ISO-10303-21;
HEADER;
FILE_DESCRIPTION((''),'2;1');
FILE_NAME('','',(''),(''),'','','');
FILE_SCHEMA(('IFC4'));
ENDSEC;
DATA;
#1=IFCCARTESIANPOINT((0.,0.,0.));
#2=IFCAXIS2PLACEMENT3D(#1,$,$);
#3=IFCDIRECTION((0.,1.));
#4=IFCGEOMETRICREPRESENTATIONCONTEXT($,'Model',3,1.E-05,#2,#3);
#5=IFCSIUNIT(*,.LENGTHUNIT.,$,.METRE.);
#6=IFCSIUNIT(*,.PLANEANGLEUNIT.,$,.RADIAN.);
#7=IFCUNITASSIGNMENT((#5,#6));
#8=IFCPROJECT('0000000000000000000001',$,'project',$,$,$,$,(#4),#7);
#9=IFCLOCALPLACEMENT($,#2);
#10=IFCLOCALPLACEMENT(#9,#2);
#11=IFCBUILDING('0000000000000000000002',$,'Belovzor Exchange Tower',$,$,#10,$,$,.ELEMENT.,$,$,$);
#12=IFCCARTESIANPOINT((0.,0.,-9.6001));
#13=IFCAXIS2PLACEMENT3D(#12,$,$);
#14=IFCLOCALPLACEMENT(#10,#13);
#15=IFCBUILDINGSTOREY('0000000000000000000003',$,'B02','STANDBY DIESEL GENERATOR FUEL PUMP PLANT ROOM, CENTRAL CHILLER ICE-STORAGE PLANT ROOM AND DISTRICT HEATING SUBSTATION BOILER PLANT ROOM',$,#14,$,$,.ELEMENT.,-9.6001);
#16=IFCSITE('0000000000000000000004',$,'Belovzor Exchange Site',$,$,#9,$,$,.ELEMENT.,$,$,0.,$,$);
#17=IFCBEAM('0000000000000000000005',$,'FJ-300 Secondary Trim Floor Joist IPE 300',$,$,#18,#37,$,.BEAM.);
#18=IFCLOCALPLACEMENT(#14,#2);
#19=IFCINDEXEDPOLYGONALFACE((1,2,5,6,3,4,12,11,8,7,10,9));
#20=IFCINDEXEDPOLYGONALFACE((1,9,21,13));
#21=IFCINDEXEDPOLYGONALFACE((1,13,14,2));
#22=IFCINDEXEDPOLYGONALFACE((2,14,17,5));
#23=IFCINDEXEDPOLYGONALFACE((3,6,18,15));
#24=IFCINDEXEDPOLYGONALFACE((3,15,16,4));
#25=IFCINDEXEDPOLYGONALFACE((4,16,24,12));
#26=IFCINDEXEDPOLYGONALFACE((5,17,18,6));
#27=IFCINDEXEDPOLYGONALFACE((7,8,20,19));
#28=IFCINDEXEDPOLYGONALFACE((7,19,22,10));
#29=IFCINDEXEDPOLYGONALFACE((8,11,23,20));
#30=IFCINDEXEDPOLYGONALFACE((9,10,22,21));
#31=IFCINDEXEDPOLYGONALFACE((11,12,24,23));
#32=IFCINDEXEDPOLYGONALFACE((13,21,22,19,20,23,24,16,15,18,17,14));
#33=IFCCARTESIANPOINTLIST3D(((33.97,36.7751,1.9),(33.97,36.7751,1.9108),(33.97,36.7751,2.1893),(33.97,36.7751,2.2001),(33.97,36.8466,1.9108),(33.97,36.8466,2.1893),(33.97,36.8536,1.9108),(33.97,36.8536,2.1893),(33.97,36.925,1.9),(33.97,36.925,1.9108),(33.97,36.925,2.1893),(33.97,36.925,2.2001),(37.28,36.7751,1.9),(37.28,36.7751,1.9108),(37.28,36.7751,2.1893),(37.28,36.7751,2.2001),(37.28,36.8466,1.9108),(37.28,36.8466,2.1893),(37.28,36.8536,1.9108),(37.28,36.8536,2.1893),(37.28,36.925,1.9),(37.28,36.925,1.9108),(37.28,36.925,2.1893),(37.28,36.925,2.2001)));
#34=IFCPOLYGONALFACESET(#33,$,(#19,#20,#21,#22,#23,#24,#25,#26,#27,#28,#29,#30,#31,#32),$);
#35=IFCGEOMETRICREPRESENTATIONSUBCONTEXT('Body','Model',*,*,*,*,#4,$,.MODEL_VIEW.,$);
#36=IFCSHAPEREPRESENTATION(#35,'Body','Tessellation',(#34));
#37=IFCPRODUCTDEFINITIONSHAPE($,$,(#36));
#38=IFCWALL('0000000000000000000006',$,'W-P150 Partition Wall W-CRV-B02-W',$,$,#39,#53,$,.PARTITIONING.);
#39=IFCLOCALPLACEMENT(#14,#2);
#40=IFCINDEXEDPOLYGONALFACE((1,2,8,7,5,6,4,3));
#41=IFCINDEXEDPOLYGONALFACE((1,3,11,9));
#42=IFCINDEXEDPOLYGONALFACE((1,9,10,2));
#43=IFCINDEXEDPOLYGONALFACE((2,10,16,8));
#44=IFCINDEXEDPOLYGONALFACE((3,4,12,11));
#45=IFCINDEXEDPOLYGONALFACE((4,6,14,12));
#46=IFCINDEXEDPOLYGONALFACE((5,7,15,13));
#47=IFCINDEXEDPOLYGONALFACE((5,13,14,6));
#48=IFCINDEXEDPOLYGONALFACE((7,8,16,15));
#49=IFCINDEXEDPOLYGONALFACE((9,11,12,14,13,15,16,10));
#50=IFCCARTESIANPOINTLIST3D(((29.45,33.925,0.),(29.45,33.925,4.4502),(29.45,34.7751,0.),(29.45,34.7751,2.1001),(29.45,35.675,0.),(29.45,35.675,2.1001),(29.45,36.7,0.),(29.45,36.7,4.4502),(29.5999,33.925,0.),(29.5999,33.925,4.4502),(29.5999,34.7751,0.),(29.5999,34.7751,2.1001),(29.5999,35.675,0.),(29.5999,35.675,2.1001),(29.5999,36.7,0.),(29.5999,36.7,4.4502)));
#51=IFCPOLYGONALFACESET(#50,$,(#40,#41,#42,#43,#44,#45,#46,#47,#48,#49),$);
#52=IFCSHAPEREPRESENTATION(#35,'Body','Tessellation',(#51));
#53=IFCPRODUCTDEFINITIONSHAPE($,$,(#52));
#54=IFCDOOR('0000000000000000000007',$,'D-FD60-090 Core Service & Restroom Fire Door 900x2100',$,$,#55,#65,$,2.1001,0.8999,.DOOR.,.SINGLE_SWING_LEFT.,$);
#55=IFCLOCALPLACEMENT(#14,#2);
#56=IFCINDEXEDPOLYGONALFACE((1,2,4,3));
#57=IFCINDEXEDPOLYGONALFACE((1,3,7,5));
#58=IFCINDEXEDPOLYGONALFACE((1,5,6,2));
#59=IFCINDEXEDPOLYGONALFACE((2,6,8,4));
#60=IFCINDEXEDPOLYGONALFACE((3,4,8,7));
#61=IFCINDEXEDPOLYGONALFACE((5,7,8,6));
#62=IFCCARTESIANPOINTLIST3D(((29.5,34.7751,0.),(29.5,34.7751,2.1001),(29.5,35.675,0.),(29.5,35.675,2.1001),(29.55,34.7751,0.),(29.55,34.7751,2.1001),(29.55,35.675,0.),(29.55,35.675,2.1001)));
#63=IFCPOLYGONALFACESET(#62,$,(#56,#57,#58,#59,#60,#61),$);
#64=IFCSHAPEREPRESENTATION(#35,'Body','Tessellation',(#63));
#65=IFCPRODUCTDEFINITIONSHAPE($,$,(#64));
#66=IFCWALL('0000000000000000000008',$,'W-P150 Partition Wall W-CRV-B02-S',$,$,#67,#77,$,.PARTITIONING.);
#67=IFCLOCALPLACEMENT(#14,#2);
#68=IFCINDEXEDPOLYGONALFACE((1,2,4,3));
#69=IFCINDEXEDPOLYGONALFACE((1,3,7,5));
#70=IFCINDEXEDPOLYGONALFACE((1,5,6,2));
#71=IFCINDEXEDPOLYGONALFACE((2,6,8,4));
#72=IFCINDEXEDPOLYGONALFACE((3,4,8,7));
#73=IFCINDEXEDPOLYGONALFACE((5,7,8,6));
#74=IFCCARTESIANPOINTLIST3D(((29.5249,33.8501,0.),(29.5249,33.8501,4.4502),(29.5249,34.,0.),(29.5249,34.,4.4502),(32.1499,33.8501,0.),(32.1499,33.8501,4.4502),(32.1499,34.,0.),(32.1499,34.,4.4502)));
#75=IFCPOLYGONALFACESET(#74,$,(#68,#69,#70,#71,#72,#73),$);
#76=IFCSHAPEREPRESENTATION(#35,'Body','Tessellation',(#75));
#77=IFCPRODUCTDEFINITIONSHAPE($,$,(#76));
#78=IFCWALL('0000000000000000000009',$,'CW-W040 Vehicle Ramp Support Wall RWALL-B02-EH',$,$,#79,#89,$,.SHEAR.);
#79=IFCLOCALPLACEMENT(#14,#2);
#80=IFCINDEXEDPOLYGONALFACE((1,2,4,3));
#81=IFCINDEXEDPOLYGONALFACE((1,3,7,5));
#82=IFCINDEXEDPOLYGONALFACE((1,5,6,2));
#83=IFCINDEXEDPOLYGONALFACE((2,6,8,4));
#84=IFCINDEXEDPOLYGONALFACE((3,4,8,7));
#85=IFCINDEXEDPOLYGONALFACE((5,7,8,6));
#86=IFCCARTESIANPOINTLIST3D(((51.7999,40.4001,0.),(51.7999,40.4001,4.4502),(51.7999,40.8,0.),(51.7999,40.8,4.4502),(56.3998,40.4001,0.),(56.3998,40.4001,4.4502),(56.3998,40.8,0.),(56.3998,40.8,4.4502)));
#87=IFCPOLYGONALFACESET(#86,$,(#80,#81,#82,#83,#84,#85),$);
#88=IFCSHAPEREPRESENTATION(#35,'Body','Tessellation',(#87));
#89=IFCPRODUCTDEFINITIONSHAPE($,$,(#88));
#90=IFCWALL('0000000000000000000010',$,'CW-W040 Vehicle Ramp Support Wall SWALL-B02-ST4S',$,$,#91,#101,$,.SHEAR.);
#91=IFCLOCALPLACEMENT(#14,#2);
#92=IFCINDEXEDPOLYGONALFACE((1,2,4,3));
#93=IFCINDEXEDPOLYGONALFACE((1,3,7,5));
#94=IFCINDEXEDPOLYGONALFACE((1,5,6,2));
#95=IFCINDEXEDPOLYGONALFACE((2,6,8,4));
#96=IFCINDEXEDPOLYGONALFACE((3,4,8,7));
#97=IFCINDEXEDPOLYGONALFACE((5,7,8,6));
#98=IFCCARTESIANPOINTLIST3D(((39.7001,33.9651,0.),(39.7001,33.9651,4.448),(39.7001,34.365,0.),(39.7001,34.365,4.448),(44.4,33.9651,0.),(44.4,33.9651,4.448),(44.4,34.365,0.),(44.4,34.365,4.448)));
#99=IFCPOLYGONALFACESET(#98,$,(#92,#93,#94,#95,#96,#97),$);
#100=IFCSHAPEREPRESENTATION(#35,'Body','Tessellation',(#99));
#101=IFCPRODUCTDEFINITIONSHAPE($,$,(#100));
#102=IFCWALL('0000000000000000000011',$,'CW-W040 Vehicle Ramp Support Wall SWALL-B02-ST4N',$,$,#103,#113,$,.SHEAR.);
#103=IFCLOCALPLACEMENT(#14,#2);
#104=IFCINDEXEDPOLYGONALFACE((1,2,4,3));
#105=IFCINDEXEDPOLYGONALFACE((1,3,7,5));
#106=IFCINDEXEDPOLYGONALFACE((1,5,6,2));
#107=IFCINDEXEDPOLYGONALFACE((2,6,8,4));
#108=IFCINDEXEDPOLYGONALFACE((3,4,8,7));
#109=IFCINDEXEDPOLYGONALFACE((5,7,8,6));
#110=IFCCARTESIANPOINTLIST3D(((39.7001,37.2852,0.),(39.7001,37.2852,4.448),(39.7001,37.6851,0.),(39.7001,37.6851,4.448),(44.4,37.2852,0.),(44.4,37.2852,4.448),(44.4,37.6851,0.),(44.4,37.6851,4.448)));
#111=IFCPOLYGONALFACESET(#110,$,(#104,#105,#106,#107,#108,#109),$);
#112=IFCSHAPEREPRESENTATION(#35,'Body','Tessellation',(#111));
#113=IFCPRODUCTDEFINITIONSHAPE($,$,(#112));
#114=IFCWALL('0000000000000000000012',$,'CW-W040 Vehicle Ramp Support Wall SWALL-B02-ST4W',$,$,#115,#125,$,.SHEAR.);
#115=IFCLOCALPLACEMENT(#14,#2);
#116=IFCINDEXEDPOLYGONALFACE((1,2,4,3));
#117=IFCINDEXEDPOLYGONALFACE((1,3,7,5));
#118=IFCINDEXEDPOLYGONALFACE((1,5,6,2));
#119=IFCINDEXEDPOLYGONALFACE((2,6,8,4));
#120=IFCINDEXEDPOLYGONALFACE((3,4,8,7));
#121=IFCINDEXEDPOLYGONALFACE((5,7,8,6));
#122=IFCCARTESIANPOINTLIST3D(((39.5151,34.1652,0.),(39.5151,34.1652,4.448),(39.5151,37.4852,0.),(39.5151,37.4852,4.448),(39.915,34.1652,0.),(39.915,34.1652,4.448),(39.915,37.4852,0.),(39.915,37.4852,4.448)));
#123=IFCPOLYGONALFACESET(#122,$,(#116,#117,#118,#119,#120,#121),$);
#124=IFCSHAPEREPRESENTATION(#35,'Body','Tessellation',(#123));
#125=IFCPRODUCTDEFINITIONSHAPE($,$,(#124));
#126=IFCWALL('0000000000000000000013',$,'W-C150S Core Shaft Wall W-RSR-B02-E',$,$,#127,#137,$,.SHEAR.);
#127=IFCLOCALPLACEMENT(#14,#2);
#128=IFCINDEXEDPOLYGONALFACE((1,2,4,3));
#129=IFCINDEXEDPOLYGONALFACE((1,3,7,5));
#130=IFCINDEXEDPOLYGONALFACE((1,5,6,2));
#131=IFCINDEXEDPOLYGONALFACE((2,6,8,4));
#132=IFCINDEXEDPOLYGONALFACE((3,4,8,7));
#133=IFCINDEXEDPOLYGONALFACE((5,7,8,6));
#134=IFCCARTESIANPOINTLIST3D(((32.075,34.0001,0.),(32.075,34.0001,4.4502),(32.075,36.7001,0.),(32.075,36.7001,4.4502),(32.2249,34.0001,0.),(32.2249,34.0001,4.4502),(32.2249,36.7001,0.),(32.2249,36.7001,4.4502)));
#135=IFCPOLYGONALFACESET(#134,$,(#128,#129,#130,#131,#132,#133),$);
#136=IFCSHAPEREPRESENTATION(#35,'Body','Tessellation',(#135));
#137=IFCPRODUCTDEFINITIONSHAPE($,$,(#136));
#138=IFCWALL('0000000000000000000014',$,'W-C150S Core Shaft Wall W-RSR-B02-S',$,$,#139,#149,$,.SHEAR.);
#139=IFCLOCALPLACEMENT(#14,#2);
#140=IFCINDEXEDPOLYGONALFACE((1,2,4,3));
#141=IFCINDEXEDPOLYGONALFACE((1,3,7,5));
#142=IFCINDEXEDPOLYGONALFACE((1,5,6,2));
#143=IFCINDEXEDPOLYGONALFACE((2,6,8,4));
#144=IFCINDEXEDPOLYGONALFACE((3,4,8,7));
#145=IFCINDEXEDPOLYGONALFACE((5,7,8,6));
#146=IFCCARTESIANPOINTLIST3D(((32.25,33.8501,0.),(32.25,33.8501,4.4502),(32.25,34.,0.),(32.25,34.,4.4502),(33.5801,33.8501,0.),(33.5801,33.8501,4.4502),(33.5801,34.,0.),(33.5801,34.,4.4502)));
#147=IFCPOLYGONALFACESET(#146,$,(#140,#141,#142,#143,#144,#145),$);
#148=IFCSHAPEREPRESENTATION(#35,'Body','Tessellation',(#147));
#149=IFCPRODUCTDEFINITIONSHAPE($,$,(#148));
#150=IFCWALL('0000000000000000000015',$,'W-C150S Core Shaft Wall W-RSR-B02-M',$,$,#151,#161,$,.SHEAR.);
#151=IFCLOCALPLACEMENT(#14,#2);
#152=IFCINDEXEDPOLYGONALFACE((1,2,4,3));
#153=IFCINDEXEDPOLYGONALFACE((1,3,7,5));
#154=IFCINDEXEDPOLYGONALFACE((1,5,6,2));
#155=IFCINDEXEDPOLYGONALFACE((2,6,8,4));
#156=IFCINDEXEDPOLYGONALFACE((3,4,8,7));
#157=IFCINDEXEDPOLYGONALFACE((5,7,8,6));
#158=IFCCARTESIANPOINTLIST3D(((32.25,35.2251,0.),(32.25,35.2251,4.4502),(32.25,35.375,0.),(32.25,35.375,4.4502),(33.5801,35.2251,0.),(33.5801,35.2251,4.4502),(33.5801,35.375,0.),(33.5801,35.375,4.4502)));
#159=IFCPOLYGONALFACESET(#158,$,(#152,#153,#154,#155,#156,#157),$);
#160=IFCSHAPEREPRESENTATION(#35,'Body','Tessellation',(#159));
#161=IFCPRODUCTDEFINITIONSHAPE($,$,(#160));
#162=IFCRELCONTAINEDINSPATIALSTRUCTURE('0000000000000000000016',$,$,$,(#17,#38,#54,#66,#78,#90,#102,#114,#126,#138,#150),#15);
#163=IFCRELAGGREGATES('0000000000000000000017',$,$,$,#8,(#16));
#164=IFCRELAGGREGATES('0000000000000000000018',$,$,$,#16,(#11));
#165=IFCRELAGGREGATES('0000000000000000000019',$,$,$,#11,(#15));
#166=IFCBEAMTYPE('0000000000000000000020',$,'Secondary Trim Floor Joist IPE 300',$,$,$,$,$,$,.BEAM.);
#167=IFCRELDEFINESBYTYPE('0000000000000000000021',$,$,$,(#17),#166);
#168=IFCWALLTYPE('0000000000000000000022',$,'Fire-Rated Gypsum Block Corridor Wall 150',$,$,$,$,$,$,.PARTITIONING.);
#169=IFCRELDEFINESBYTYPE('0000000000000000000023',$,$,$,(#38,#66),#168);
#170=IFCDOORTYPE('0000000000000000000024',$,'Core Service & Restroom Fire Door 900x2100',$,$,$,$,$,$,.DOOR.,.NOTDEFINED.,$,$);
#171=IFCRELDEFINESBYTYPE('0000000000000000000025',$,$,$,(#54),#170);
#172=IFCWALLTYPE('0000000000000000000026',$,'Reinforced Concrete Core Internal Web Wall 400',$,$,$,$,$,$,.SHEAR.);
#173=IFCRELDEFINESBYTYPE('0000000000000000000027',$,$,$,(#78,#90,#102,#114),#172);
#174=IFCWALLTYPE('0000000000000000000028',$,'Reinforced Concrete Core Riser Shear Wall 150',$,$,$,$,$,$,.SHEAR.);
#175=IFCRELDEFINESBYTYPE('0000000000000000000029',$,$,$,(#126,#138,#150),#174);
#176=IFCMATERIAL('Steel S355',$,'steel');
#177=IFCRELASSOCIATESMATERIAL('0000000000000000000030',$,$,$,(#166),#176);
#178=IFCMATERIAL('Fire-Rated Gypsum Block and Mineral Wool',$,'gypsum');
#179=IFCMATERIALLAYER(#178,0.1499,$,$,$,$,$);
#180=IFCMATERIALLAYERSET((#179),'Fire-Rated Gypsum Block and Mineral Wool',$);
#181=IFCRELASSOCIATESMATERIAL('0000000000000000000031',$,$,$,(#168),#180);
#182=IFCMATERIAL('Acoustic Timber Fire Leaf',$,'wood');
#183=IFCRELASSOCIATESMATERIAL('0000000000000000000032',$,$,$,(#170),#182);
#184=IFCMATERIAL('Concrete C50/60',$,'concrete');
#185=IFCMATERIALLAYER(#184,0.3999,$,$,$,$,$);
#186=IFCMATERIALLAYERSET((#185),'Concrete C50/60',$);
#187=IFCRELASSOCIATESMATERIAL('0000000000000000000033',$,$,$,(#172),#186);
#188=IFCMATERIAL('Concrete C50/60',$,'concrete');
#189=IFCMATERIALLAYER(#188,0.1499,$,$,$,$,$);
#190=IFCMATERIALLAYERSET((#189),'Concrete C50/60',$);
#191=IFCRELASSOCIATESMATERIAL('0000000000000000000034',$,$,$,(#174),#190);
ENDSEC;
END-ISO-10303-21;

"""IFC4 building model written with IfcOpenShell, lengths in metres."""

from ifc_helpers import new_model, si_unit, direction, frame, frame_2d, origin, origin_2d, place, context, subcontext, project, spatial, rectangle, i_section, extrude, material, layer, layer_set, material_profile, profile_set, type_object, element, fill, save


model = new_model("IFC4")

# Units and contexts
model_context = context("Model", 3, precision=1e-05, world=origin(), true_north=direction((0.0, 1.0)))
body_context = subcontext(model_context, "Body", "Model", "MODEL_VIEW")
ifc_project = project(units=[si_unit("LENGTHUNIT", "METRE"), si_unit("PLANEANGLEUNIT", "RADIAN")], contexts=[model_context])

# Site, building, storey
site_placement = place(None, origin())
site = spatial("IfcSite", under=ifc_project, at=site_placement, Name="Belovzor Exchange Site", CompositionType="ELEMENT", RefElevation=0.0)
building_placement = place(site_placement, origin())
building = spatial("IfcBuilding", under=site, at=building_placement, Name="Belovzor Exchange Tower", CompositionType="ELEMENT")
storey_placement = place(building_placement, frame((0.0, 0.0, -9.6001)))
storey = spatial("IfcBuildingStorey", under=building, at=storey_placement, Name="B02", Description="STANDBY DIESEL GENERATOR FUEL PUMP PLANT ROOM, CENTRAL CHILLER ICE-STORAGE PLANT ROOM AND DISTRICT HEATING SUBSTATION BOILER PLANT ROOM", CompositionType="ELEMENT", Elevation=-9.6001)

# Beam
ifc_material_1 = material(Name="Steel S355", Category="steel")
ifc_material_profile_1 = material_profile(ifc_material_1, i_section(OverallWidth=0.1499, OverallDepth=0.3, WebThickness=0.0071, FlangeThickness=0.0107, at=origin_2d()))
ifc_profile_set_1 = profile_set([ifc_material_profile_1], Name="Steel S355")
beam_type = type_object("IfcBeamType", Name="Secondary Trim Floor Joist IPE 300", PredefinedType="BEAM", material=ifc_profile_set_1)
for number, where, z_axis, x_axis, name in (
    (1, (37.28, 36.8501, 2.05), (-1.0, 0.0, 0.0), (0.0, -1.0, 0.0), "FJ-300 Secondary Trim Floor Joist IPE 300"),
):
    element("IfcBeam", number, at=place(storey_placement, frame(where, z_axis=z_axis, x_axis=x_axis)), inside=storey, type_object=beam_type, Name=name, PredefinedType="BEAM", context=body_context, shape_type="SweptSolid", body=[
        extrude(i_section(OverallWidth=0.1499, OverallDepth=0.3, WebThickness=0.0071, FlangeThickness=0.0107, at=origin_2d()), origin(), (0.0, 0.0, 1.0), 3.3101),
    ])

# Wall, opening, door
ifc_material_2 = material(Name="Fire-Rated Gypsum Block and Mineral Wool", Category="gypsum")
ifc_layer_1 = layer(ifc_material_2, 0.1499)
ifc_layer_set_1 = layer_set([ifc_layer_1], Name="Fire-Rated Gypsum Block and Mineral Wool")
wall_type_1 = type_object("IfcWallType", Name="Fire-Rated Gypsum Block Corridor Wall 150", PredefinedType="PARTITIONING", material=ifc_layer_set_1)
wall_1_placement = place(storey_placement, frame((29.5249, 33.925, 0.0), z_axis=(0.0, 0.0, 1.0), x_axis=(0.0, 1.0, 0.0)))
wall_1 = element("IfcWall", 2, at=wall_1_placement, inside=storey, type_object=wall_type_1, Name="W-P150 Partition Wall W-CRV-B02-W", PredefinedType="PARTITIONING", context=body_context, shape_type="SweptSolid", body=[
    extrude(rectangle(XDim=2.7749, YDim=0.1499, at=frame_2d((1.3875, 0.0))), origin(), (0.0, 0.0, 1.0), 4.4502),
])
opening_placement = place(wall_1_placement, frame((0.8501, 0.0, 0.0)))
opening = element("IfcOpeningElement", 3, at=opening_placement, cuts=wall_1, PredefinedType="OPENING", context=body_context, shape_type="SweptSolid", body=[
    extrude(rectangle(XDim=0.8999, YDim=2.1001, at=frame_2d((0.45, 1.05))), frame((0.0, 0.085, 0.0), z_axis=(0.0, -1.0, 0.0), x_axis=(1.0, 0.0, 0.0)), (0.0, 0.0, 1.0), 0.1699),
])
ifc_material_3 = material(Name="Acoustic Timber Fire Leaf", Category="wood")
door_type = type_object("IfcDoorType", Name="Core Service & Restroom Fire Door 900x2100", OperationType="NOTDEFINED", PredefinedType="DOOR", material=ifc_material_3)
door_placement = place(opening_placement, origin())
door = element("IfcDoor", 4, at=door_placement, inside=storey, type_object=door_type, Name="D-FD60-090 Core Service & Restroom Fire Door 900x2100", OperationType="SINGLE_SWING_LEFT", OverallHeight=2.1001, OverallWidth=0.8999, PredefinedType="DOOR", context=body_context, shape_type="SweptSolid", body=[
    extrude(rectangle(XDim=0.8999, YDim=2.1001, at=frame_2d((0.45, 1.05))), frame((0.0, 0.0249, 0.0), z_axis=(0.0, -1.0, 0.0), x_axis=(1.0, 0.0, 0.0)), (0.0, 0.0, 1.0), 0.05),
])
fill(opening, door)

# Walls
wall_2_placement = place(storey_placement, frame((29.5249, 33.925, 0.0), z_axis=(0.0, 0.0, 1.0), x_axis=(1.0, 0.0, 0.0)))
element("IfcWall", 5, at=wall_2_placement, inside=storey, type_object=wall_type_1, Name="W-P150 Partition Wall W-CRV-B02-S", PredefinedType="PARTITIONING", context=body_context, shape_type="SweptSolid", body=[
    extrude(rectangle(XDim=2.625, YDim=0.1499, at=frame_2d((1.3125, 0.0))), origin(), (0.0, 0.0, 1.0), 4.4502),
])
ifc_material_4 = material(Name="Concrete C50/60", Category="concrete")
ifc_layer_2 = layer(ifc_material_4, 0.3999)
ifc_layer_set_2 = layer_set([ifc_layer_2], Name="Concrete C50/60")
wall_type_2 = type_object("IfcWallType", Name="Reinforced Concrete Core Internal Web Wall 400", PredefinedType="SHEAR", material=ifc_layer_set_2)
wall_3_placement = place(storey_placement, frame((51.8, 40.6001, 0.0), z_axis=(0.0, 0.0, 1.0), x_axis=(1.0, 0.0, 0.0)))
element("IfcWall", 6, at=wall_3_placement, inside=storey, type_object=wall_type_2, Name="CW-W040 Vehicle Ramp Support Wall RWALL-B02-EH", PredefinedType="SHEAR", context=body_context, shape_type="SweptSolid", body=[
    extrude(rectangle(XDim=4.5999, YDim=0.3999, at=frame_2d((2.2998, 0.0))), origin(), (0.0, 0.0, 1.0), 4.4502),
])
for number, where, z_axis, x_axis, name in (
    (7, (39.7, 34.165, 0.0), (0.0, 0.0, 1.0), (1.0, 0.0, 0.0), "CW-W040 Vehicle Ramp Support Wall SWALL-B02-ST4S"),
    (8, (39.7, 37.4851, 0.0), (0.0, 0.0, 1.0), (1.0, 0.0, 0.0), "CW-W040 Vehicle Ramp Support Wall SWALL-B02-ST4N"),
):
    element("IfcWall", number, at=place(storey_placement, frame(where, z_axis=z_axis, x_axis=x_axis)), inside=storey, type_object=wall_type_2, Name=name, PredefinedType="SHEAR", context=body_context, shape_type="SweptSolid", body=[
        extrude(rectangle(XDim=4.7, YDim=0.3999, at=frame_2d((2.3501, 0.0))), origin(), (0.0, 0.0, 1.0), 4.448),
    ])
wall_4_placement = place(storey_placement, frame((39.7151, 34.165, 0.0), z_axis=(0.0, 0.0, 1.0), x_axis=(0.0, 1.0, 0.0)))
element("IfcWall", 9, at=wall_4_placement, inside=storey, type_object=wall_type_2, Name="CW-W040 Vehicle Ramp Support Wall SWALL-B02-ST4W", PredefinedType="SHEAR", context=body_context, shape_type="SweptSolid", body=[
    extrude(rectangle(XDim=3.3201, YDim=0.3999, at=frame_2d((1.6602, 0.0))), origin(), (0.0, 0.0, 1.0), 4.448),
])
ifc_material_5 = material(Name="Concrete C50/60", Category="concrete")
ifc_layer_3 = layer(ifc_material_5, 0.1499)
ifc_layer_set_3 = layer_set([ifc_layer_3], Name="Concrete C50/60")
wall_type_3 = type_object("IfcWallType", Name="Reinforced Concrete Core Riser Shear Wall 150", PredefinedType="SHEAR", material=ifc_layer_set_3)
wall_5_placement = place(storey_placement, frame((32.1499, 34.0, 0.0), z_axis=(0.0, 0.0, 1.0), x_axis=(0.0, 1.0, 0.0)))
element("IfcWall", 10, at=wall_5_placement, inside=storey, type_object=wall_type_3, Name="W-C150S Core Shaft Wall W-RSR-B02-E", PredefinedType="SHEAR", context=body_context, shape_type="SweptSolid", body=[
    extrude(rectangle(XDim=2.7, YDim=0.1499, at=frame_2d((1.3501, 0.0))), origin(), (0.0, 0.0, 1.0), 4.4502),
])
for number, where, z_axis, x_axis, name in (
    (11, (32.25, 33.925, 0.0), (0.0, 0.0, 1.0), (1.0, 0.0, 0.0), "W-C150S Core Shaft Wall W-RSR-B02-S"),
    (12, (32.25, 35.3, 0.0), (0.0, 0.0, 1.0), (1.0, 0.0, 0.0), "W-C150S Core Shaft Wall W-RSR-B02-M"),
):
    element("IfcWall", number, at=place(storey_placement, frame(where, z_axis=z_axis, x_axis=x_axis)), inside=storey, type_object=wall_type_3, Name=name, PredefinedType="SHEAR", context=body_context, shape_type="SweptSolid", body=[
        extrude(rectangle(XDim=1.3301, YDim=0.1499, at=frame_2d((0.665, 0.0))), origin(), (0.0, 0.0, 1.0), 4.4502),
    ])

save(model, "model.ifc")
